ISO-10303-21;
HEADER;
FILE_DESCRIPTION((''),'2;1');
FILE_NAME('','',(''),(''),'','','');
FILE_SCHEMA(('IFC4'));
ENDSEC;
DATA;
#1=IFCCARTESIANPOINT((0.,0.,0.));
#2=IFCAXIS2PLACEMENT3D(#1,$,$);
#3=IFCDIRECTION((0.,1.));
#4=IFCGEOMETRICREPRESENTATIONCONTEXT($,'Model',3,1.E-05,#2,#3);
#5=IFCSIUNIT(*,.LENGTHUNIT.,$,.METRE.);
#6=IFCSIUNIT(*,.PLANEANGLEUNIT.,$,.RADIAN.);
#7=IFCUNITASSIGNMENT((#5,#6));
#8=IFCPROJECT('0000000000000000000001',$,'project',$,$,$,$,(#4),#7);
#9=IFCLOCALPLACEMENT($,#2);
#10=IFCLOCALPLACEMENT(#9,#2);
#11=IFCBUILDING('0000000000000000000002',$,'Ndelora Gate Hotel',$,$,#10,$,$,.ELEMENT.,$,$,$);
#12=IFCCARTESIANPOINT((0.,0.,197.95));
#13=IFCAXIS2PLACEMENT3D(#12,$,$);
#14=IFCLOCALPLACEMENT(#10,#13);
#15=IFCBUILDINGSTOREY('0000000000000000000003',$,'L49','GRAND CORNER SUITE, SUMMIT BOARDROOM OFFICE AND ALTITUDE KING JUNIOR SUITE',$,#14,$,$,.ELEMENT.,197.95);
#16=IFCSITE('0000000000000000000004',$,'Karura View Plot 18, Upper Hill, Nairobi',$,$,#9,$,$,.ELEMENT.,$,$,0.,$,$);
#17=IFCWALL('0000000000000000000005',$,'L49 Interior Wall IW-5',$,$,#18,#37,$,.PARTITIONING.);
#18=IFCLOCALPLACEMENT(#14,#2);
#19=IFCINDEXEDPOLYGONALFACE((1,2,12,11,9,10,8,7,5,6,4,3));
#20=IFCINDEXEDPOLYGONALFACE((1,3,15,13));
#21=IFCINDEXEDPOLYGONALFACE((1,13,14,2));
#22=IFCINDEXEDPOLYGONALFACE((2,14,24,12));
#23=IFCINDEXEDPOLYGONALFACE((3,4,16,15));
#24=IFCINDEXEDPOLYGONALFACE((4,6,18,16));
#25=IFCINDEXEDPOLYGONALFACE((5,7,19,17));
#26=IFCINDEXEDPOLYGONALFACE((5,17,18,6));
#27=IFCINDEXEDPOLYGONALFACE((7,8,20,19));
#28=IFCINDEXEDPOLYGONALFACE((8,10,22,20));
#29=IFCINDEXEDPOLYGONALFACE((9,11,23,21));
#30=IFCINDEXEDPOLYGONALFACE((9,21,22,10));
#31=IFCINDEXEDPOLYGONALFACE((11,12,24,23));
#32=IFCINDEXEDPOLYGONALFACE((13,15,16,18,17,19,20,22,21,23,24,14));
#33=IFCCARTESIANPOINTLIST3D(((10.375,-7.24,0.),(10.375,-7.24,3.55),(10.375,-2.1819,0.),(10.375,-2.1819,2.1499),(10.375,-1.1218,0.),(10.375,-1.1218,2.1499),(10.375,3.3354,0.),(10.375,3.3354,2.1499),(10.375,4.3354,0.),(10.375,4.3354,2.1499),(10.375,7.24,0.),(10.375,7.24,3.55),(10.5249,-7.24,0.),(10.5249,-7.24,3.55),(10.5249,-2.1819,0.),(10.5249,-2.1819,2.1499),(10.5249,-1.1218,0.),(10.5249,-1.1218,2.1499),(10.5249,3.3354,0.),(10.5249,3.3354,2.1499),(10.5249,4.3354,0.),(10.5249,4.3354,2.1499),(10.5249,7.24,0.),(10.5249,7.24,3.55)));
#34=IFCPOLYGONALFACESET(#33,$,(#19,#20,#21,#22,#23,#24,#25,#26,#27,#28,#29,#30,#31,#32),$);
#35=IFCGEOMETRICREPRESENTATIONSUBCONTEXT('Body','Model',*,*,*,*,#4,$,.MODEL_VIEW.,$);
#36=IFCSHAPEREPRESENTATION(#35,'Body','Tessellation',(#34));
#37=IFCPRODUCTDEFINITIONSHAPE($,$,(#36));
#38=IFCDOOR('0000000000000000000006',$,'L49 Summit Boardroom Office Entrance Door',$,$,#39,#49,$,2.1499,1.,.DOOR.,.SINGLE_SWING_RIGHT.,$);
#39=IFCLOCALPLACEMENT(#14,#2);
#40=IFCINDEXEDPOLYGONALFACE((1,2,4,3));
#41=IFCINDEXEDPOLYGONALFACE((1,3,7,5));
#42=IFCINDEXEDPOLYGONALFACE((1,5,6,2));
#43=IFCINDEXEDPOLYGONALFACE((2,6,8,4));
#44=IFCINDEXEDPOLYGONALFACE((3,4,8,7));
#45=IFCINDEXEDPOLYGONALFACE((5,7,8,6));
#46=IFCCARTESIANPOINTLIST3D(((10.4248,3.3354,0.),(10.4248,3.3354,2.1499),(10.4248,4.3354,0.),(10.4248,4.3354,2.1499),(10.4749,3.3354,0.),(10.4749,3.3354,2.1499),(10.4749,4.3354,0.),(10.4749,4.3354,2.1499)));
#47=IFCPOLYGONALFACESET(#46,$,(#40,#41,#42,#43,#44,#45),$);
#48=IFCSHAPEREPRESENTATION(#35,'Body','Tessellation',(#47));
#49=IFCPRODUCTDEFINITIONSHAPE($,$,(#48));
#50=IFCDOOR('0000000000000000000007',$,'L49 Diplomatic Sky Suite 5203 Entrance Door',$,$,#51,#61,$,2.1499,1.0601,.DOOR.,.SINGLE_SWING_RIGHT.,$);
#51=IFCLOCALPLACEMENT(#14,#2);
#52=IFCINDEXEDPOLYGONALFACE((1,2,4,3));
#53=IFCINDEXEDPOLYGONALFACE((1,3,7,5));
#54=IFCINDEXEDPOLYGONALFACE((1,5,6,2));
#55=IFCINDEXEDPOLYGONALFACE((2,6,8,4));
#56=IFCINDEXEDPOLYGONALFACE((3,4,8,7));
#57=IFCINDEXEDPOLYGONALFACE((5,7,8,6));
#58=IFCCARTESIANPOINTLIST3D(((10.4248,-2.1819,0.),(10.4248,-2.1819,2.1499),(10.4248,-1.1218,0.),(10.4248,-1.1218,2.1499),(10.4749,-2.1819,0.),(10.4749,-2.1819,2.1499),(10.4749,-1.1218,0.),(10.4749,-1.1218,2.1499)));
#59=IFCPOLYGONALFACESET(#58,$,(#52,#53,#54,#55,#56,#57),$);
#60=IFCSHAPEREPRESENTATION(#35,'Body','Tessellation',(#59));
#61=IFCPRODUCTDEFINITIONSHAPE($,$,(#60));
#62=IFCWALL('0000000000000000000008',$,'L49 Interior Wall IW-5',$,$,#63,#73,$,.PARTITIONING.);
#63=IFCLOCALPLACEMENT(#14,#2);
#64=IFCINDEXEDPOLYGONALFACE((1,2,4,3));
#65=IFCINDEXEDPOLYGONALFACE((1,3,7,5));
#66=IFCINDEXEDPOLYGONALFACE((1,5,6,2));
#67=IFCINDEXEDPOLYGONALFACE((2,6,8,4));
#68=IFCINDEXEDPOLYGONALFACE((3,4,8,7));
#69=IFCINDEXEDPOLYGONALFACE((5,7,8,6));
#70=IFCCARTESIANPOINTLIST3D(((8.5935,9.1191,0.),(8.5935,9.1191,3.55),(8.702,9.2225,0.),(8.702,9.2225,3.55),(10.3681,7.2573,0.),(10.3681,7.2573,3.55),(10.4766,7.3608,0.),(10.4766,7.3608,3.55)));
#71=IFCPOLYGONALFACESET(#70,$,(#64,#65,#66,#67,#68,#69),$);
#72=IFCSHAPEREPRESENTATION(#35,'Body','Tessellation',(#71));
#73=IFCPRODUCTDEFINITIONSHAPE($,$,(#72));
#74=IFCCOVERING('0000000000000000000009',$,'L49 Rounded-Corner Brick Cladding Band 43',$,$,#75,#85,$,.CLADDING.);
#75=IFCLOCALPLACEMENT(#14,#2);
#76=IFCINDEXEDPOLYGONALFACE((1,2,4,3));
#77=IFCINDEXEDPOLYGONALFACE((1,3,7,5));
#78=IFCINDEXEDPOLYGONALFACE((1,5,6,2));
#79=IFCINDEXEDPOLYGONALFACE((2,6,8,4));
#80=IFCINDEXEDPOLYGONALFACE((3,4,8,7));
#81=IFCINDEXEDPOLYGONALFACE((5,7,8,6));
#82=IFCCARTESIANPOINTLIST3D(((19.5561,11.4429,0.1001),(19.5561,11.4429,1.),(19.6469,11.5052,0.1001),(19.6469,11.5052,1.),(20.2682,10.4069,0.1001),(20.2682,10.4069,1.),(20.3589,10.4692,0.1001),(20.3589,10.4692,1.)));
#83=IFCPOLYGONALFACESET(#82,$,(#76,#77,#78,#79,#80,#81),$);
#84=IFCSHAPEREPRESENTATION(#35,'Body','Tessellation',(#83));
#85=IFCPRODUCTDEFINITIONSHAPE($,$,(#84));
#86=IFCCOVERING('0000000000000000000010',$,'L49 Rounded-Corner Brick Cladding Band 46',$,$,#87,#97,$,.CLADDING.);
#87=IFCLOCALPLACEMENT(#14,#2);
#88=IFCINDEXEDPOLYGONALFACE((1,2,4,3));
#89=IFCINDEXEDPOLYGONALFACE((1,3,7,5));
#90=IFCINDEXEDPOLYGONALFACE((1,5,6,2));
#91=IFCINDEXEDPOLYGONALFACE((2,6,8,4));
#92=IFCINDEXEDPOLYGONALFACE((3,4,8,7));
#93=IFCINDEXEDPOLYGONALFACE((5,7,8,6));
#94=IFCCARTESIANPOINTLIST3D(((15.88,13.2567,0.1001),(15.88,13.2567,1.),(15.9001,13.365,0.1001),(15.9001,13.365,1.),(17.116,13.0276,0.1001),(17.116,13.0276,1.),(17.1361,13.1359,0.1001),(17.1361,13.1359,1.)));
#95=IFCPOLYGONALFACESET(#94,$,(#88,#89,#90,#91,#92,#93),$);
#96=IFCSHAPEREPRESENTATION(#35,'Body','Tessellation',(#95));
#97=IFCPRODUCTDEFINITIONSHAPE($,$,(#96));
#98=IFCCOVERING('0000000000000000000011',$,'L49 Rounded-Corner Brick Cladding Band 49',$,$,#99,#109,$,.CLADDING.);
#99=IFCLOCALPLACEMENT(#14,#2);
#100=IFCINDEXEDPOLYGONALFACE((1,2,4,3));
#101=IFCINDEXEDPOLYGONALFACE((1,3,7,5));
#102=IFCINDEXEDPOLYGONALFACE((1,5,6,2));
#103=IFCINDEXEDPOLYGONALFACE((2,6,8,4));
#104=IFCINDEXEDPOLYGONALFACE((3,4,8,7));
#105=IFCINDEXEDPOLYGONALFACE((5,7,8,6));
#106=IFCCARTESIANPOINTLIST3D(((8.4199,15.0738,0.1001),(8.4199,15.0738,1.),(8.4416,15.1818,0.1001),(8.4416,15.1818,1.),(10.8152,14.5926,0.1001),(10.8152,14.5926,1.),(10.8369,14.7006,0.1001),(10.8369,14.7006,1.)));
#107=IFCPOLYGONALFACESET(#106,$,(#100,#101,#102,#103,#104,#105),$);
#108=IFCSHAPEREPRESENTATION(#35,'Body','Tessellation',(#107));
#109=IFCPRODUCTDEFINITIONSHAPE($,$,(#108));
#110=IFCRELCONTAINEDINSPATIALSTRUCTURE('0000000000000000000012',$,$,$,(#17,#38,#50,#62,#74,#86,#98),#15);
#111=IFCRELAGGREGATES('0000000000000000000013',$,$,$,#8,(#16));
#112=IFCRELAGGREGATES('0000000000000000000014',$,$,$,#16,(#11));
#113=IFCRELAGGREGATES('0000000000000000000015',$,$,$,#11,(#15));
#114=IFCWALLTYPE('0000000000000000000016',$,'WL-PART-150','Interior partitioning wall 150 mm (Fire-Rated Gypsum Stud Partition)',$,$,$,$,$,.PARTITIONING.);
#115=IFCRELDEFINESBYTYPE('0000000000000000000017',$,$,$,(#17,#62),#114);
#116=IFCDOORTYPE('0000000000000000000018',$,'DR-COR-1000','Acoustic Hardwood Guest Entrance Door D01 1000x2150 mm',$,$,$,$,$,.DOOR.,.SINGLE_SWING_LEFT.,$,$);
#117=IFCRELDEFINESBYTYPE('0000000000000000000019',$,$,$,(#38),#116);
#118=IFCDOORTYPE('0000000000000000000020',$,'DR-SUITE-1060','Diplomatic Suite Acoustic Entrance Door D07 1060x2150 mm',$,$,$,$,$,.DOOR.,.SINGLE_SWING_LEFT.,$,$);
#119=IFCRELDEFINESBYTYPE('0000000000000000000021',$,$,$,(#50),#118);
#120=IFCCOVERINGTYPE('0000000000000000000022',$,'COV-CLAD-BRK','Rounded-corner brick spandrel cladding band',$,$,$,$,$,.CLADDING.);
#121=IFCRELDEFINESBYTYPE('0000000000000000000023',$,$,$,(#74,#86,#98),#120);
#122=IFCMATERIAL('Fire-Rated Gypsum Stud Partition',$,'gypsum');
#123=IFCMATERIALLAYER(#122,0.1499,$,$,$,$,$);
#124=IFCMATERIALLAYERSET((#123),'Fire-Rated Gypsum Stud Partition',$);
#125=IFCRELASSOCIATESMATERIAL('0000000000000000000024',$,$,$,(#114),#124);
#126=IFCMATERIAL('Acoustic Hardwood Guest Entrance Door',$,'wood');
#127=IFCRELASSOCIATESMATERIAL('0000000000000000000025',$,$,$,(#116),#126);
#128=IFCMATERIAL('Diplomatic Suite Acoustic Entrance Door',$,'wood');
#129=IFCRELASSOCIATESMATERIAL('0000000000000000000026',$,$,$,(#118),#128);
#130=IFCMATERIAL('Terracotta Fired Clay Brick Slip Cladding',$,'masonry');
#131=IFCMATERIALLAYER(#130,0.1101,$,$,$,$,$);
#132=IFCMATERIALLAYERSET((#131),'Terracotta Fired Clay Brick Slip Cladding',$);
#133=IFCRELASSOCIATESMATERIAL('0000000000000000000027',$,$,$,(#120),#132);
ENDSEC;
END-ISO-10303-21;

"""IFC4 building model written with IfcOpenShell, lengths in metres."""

from ifc_helpers import new_model, si_unit, direction, frame, frame_2d, origin, origin_2d, place, context, subcontext, project, spatial, rectangle, extrude, material, layer, layer_set, type_object, element, fill, save


model = new_model("IFC4")

# Units and contexts
model_context = context("Model", 3, precision=1e-05, world=origin(), true_north=direction((0.0, 1.0)))
body_context = subcontext(model_context, "Body", "Model", "MODEL_VIEW")
ifc_project = project(units=[si_unit("LENGTHUNIT", "METRE"), si_unit("PLANEANGLEUNIT", "RADIAN")], contexts=[model_context])

# Site, building, storey
site_placement = place(None, origin())
site = spatial("IfcSite", under=ifc_project, at=site_placement, Name="Karura View Plot 18, Upper Hill, Nairobi", CompositionType="ELEMENT", RefElevation=0.0)
building_placement = place(site_placement, origin())
building = spatial("IfcBuilding", under=site, at=building_placement, Name="Ndelora Gate Hotel", CompositionType="ELEMENT")
storey_placement = place(building_placement, frame((0.0, 0.0, 197.95)))
storey = spatial("IfcBuildingStorey", under=building, at=storey_placement, Name="L49", Description="GRAND CORNER SUITE, SUMMIT BOARDROOM OFFICE AND ALTITUDE KING JUNIOR SUITE", CompositionType="ELEMENT", Elevation=197.95)

# Wall, openings, doors
ifc_material_1 = material(Name="Fire-Rated Gypsum Stud Partition", Category="gypsum")
ifc_layer_1 = layer(ifc_material_1, 0.1499)
ifc_layer_set_1 = layer_set([ifc_layer_1], Name="Fire-Rated Gypsum Stud Partition")
wall_type_1 = type_object("IfcWallType", Name="WL-PART-150", Description="Interior partitioning wall 150 mm (Fire-Rated Gypsum Stud Partition)", PredefinedType="PARTITIONING", material=ifc_layer_set_1)
wall_1_placement = place(storey_placement, frame((10.45, 7.24, 0.0), z_axis=(0.0, 0.0, 1.0), x_axis=(0.0, -1.0, 0.0)))
wall_1 = element("IfcWall", 1, at=wall_1_placement, inside=storey, type_object=wall_type_1, Name="L49 Interior Wall IW-5", PredefinedType="PARTITIONING", context=body_context, shape_type="SweptSolid", body=[
    extrude(rectangle(XDim=14.48, YDim=0.1499, at=frame_2d((7.24, 0.0))), origin(), (0.0, 0.0, 1.0), 3.55),
])
opening_1_placement = place(wall_1_placement, frame((8.3618, 0.0, 0.0)))
opening_1 = element("IfcOpeningElement", 2, at=opening_1_placement, cuts=wall_1, PredefinedType="OPENING", context=body_context, shape_type="SweptSolid", body=[
    extrude(rectangle(XDim=1.0601, YDim=2.1499, at=frame_2d((0.53, 1.075))), frame((0.0, 0.085, 0.0), z_axis=(0.0, -1.0, 0.0), x_axis=(1.0, 0.0, 0.0)), (0.0, 0.0, 1.0), 0.1699),
])
opening_2_placement = place(wall_1_placement, frame((2.9045, 0.0, 0.0)))
opening_2 = element("IfcOpeningElement", 3, at=opening_2_placement, cuts=wall_1, PredefinedType="OPENING", context=body_context, shape_type="SweptSolid", body=[
    extrude(rectangle(XDim=1.0, YDim=2.1499, at=frame_2d((0.5, 1.075))), frame((0.0, 0.085, 0.0), z_axis=(0.0, -1.0, 0.0), x_axis=(1.0, 0.0, 0.0)), (0.0, 0.0, 1.0), 0.1699),
])
ifc_material_2 = material(Name="Acoustic Hardwood Guest Entrance Door", Category="wood")
door_type_1 = type_object("IfcDoorType", Name="DR-COR-1000", Description="Acoustic Hardwood Guest Entrance Door D01 1000x2150 mm", OperationType="SINGLE_SWING_LEFT", PredefinedType="DOOR", material=ifc_material_2)
door_1_placement = place(opening_2_placement, origin())
door_1 = element("IfcDoor", 4, at=door_1_placement, inside=storey, type_object=door_type_1, Name="L49 Summit Boardroom Office Entrance Door", OperationType="SINGLE_SWING_RIGHT", OverallHeight=2.1499, OverallWidth=1.0, PredefinedType="DOOR", context=body_context, shape_type="SweptSolid", body=[
    extrude(rectangle(XDim=1.0, YDim=2.1499, at=frame_2d((0.5, 1.075))), frame((0.0, 0.0249, 0.0), z_axis=(0.0, -1.0, 0.0), x_axis=(1.0, 0.0, 0.0)), (0.0, 0.0, 1.0), 0.05),
])
fill(opening_2, door_1)
ifc_material_3 = material(Name="Diplomatic Suite Acoustic Entrance Door", Category="wood")
door_type_2 = type_object("IfcDoorType", Name="DR-SUITE-1060", Description="Diplomatic Suite Acoustic Entrance Door D07 1060x2150 mm", OperationType="SINGLE_SWING_LEFT", PredefinedType="DOOR", material=ifc_material_3)
door_2_placement = place(opening_1_placement, origin())
door_2 = element("IfcDoor", 5, at=door_2_placement, inside=storey, type_object=door_type_2, Name="L49 Diplomatic Sky Suite 5203 Entrance Door", OperationType="SINGLE_SWING_RIGHT", OverallHeight=2.1499, OverallWidth=1.0601, PredefinedType="DOOR", context=body_context, shape_type="SweptSolid", body=[
    extrude(rectangle(XDim=1.0601, YDim=2.1499, at=frame_2d((0.53, 1.075))), frame((0.0, 0.0249, 0.0), z_axis=(0.0, -1.0, 0.0), x_axis=(1.0, 0.0, 0.0)), (0.0, 0.0, 1.0), 0.05),
])
fill(opening_1, door_2)

# Wall
wall_2_placement = place(storey_placement, frame((8.6477, 9.1709, 0.0), z_axis=(0.0, 0.0, 1.0), x_axis=(0.689961, -0.723847, 0.0)))
element("IfcWall", 6, at=wall_2_placement, inside=storey, type_object=wall_type_1, Name="L49 Interior Wall IW-5", PredefinedType="PARTITIONING", context=body_context, shape_type="SweptSolid", body=[
    extrude(rectangle(XDim=2.572, YDim=0.1499, at=frame_2d((1.2861, 0.0))), origin(), (0.0, 0.0, 1.0), 3.55),
])

# Coverings
ifc_material_4 = material(Name="Terracotta Fired Clay Brick Slip Cladding", Category="masonry")
ifc_layer_2 = layer(ifc_material_4, 0.1101)
ifc_layer_set_2 = layer_set([ifc_layer_2], Name="Terracotta Fired Clay Brick Slip Cladding")
covering_type = type_object("IfcCoveringType", Name="COV-CLAD-BRK", Description="Rounded-corner brick spandrel cladding band", PredefinedType="CLADDING", material=ifc_layer_set_2)
for number, where, z_axis, x_axis, name in (
    (7, (19.9575, 10.9561, 0.1001), (0.0, 0.0, 1.0), (-0.566406, 0.824126, 0.0), "L49 Rounded-Corner Brick Cladding Band 43"),
    (8, (16.5081, 13.1963, 0.1001), (0.0, 0.0, 1.0), (-0.983255, 0.182236, 0.0), "L49 Rounded-Corner Brick Cladding Band 46"),
):
    element("IfcCovering", number, at=place(storey_placement, frame(where, z_axis=z_axis, x_axis=x_axis)), inside=storey, type_object=covering_type, Name=name, PredefinedType="CLADDING", context=body_context, shape_type="SweptSolid", body=[
        extrude(rectangle(XDim=1.2571, YDim=0.1101, at=origin_2d()), origin(), (0.0, 0.0, 1.0), 0.8999),
    ])
covering_placement = place(storey_placement, frame((9.6284, 14.8872, 0.1001), z_axis=(0.0, 0.0, 1.0), x_axis=(-0.980409, 0.196973, 0.0)))
element("IfcCovering", 9, at=covering_placement, inside=storey, type_object=covering_type, Name="L49 Rounded-Corner Brick Cladding Band 49", PredefinedType="CLADDING", context=body_context, shape_type="SweptSolid", body=[
    extrude(rectangle(XDim=2.4431, YDim=0.1101, at=origin_2d()), origin(), (0.0, 0.0, 1.0), 0.8999),
])

save(model, "model.ifc")
